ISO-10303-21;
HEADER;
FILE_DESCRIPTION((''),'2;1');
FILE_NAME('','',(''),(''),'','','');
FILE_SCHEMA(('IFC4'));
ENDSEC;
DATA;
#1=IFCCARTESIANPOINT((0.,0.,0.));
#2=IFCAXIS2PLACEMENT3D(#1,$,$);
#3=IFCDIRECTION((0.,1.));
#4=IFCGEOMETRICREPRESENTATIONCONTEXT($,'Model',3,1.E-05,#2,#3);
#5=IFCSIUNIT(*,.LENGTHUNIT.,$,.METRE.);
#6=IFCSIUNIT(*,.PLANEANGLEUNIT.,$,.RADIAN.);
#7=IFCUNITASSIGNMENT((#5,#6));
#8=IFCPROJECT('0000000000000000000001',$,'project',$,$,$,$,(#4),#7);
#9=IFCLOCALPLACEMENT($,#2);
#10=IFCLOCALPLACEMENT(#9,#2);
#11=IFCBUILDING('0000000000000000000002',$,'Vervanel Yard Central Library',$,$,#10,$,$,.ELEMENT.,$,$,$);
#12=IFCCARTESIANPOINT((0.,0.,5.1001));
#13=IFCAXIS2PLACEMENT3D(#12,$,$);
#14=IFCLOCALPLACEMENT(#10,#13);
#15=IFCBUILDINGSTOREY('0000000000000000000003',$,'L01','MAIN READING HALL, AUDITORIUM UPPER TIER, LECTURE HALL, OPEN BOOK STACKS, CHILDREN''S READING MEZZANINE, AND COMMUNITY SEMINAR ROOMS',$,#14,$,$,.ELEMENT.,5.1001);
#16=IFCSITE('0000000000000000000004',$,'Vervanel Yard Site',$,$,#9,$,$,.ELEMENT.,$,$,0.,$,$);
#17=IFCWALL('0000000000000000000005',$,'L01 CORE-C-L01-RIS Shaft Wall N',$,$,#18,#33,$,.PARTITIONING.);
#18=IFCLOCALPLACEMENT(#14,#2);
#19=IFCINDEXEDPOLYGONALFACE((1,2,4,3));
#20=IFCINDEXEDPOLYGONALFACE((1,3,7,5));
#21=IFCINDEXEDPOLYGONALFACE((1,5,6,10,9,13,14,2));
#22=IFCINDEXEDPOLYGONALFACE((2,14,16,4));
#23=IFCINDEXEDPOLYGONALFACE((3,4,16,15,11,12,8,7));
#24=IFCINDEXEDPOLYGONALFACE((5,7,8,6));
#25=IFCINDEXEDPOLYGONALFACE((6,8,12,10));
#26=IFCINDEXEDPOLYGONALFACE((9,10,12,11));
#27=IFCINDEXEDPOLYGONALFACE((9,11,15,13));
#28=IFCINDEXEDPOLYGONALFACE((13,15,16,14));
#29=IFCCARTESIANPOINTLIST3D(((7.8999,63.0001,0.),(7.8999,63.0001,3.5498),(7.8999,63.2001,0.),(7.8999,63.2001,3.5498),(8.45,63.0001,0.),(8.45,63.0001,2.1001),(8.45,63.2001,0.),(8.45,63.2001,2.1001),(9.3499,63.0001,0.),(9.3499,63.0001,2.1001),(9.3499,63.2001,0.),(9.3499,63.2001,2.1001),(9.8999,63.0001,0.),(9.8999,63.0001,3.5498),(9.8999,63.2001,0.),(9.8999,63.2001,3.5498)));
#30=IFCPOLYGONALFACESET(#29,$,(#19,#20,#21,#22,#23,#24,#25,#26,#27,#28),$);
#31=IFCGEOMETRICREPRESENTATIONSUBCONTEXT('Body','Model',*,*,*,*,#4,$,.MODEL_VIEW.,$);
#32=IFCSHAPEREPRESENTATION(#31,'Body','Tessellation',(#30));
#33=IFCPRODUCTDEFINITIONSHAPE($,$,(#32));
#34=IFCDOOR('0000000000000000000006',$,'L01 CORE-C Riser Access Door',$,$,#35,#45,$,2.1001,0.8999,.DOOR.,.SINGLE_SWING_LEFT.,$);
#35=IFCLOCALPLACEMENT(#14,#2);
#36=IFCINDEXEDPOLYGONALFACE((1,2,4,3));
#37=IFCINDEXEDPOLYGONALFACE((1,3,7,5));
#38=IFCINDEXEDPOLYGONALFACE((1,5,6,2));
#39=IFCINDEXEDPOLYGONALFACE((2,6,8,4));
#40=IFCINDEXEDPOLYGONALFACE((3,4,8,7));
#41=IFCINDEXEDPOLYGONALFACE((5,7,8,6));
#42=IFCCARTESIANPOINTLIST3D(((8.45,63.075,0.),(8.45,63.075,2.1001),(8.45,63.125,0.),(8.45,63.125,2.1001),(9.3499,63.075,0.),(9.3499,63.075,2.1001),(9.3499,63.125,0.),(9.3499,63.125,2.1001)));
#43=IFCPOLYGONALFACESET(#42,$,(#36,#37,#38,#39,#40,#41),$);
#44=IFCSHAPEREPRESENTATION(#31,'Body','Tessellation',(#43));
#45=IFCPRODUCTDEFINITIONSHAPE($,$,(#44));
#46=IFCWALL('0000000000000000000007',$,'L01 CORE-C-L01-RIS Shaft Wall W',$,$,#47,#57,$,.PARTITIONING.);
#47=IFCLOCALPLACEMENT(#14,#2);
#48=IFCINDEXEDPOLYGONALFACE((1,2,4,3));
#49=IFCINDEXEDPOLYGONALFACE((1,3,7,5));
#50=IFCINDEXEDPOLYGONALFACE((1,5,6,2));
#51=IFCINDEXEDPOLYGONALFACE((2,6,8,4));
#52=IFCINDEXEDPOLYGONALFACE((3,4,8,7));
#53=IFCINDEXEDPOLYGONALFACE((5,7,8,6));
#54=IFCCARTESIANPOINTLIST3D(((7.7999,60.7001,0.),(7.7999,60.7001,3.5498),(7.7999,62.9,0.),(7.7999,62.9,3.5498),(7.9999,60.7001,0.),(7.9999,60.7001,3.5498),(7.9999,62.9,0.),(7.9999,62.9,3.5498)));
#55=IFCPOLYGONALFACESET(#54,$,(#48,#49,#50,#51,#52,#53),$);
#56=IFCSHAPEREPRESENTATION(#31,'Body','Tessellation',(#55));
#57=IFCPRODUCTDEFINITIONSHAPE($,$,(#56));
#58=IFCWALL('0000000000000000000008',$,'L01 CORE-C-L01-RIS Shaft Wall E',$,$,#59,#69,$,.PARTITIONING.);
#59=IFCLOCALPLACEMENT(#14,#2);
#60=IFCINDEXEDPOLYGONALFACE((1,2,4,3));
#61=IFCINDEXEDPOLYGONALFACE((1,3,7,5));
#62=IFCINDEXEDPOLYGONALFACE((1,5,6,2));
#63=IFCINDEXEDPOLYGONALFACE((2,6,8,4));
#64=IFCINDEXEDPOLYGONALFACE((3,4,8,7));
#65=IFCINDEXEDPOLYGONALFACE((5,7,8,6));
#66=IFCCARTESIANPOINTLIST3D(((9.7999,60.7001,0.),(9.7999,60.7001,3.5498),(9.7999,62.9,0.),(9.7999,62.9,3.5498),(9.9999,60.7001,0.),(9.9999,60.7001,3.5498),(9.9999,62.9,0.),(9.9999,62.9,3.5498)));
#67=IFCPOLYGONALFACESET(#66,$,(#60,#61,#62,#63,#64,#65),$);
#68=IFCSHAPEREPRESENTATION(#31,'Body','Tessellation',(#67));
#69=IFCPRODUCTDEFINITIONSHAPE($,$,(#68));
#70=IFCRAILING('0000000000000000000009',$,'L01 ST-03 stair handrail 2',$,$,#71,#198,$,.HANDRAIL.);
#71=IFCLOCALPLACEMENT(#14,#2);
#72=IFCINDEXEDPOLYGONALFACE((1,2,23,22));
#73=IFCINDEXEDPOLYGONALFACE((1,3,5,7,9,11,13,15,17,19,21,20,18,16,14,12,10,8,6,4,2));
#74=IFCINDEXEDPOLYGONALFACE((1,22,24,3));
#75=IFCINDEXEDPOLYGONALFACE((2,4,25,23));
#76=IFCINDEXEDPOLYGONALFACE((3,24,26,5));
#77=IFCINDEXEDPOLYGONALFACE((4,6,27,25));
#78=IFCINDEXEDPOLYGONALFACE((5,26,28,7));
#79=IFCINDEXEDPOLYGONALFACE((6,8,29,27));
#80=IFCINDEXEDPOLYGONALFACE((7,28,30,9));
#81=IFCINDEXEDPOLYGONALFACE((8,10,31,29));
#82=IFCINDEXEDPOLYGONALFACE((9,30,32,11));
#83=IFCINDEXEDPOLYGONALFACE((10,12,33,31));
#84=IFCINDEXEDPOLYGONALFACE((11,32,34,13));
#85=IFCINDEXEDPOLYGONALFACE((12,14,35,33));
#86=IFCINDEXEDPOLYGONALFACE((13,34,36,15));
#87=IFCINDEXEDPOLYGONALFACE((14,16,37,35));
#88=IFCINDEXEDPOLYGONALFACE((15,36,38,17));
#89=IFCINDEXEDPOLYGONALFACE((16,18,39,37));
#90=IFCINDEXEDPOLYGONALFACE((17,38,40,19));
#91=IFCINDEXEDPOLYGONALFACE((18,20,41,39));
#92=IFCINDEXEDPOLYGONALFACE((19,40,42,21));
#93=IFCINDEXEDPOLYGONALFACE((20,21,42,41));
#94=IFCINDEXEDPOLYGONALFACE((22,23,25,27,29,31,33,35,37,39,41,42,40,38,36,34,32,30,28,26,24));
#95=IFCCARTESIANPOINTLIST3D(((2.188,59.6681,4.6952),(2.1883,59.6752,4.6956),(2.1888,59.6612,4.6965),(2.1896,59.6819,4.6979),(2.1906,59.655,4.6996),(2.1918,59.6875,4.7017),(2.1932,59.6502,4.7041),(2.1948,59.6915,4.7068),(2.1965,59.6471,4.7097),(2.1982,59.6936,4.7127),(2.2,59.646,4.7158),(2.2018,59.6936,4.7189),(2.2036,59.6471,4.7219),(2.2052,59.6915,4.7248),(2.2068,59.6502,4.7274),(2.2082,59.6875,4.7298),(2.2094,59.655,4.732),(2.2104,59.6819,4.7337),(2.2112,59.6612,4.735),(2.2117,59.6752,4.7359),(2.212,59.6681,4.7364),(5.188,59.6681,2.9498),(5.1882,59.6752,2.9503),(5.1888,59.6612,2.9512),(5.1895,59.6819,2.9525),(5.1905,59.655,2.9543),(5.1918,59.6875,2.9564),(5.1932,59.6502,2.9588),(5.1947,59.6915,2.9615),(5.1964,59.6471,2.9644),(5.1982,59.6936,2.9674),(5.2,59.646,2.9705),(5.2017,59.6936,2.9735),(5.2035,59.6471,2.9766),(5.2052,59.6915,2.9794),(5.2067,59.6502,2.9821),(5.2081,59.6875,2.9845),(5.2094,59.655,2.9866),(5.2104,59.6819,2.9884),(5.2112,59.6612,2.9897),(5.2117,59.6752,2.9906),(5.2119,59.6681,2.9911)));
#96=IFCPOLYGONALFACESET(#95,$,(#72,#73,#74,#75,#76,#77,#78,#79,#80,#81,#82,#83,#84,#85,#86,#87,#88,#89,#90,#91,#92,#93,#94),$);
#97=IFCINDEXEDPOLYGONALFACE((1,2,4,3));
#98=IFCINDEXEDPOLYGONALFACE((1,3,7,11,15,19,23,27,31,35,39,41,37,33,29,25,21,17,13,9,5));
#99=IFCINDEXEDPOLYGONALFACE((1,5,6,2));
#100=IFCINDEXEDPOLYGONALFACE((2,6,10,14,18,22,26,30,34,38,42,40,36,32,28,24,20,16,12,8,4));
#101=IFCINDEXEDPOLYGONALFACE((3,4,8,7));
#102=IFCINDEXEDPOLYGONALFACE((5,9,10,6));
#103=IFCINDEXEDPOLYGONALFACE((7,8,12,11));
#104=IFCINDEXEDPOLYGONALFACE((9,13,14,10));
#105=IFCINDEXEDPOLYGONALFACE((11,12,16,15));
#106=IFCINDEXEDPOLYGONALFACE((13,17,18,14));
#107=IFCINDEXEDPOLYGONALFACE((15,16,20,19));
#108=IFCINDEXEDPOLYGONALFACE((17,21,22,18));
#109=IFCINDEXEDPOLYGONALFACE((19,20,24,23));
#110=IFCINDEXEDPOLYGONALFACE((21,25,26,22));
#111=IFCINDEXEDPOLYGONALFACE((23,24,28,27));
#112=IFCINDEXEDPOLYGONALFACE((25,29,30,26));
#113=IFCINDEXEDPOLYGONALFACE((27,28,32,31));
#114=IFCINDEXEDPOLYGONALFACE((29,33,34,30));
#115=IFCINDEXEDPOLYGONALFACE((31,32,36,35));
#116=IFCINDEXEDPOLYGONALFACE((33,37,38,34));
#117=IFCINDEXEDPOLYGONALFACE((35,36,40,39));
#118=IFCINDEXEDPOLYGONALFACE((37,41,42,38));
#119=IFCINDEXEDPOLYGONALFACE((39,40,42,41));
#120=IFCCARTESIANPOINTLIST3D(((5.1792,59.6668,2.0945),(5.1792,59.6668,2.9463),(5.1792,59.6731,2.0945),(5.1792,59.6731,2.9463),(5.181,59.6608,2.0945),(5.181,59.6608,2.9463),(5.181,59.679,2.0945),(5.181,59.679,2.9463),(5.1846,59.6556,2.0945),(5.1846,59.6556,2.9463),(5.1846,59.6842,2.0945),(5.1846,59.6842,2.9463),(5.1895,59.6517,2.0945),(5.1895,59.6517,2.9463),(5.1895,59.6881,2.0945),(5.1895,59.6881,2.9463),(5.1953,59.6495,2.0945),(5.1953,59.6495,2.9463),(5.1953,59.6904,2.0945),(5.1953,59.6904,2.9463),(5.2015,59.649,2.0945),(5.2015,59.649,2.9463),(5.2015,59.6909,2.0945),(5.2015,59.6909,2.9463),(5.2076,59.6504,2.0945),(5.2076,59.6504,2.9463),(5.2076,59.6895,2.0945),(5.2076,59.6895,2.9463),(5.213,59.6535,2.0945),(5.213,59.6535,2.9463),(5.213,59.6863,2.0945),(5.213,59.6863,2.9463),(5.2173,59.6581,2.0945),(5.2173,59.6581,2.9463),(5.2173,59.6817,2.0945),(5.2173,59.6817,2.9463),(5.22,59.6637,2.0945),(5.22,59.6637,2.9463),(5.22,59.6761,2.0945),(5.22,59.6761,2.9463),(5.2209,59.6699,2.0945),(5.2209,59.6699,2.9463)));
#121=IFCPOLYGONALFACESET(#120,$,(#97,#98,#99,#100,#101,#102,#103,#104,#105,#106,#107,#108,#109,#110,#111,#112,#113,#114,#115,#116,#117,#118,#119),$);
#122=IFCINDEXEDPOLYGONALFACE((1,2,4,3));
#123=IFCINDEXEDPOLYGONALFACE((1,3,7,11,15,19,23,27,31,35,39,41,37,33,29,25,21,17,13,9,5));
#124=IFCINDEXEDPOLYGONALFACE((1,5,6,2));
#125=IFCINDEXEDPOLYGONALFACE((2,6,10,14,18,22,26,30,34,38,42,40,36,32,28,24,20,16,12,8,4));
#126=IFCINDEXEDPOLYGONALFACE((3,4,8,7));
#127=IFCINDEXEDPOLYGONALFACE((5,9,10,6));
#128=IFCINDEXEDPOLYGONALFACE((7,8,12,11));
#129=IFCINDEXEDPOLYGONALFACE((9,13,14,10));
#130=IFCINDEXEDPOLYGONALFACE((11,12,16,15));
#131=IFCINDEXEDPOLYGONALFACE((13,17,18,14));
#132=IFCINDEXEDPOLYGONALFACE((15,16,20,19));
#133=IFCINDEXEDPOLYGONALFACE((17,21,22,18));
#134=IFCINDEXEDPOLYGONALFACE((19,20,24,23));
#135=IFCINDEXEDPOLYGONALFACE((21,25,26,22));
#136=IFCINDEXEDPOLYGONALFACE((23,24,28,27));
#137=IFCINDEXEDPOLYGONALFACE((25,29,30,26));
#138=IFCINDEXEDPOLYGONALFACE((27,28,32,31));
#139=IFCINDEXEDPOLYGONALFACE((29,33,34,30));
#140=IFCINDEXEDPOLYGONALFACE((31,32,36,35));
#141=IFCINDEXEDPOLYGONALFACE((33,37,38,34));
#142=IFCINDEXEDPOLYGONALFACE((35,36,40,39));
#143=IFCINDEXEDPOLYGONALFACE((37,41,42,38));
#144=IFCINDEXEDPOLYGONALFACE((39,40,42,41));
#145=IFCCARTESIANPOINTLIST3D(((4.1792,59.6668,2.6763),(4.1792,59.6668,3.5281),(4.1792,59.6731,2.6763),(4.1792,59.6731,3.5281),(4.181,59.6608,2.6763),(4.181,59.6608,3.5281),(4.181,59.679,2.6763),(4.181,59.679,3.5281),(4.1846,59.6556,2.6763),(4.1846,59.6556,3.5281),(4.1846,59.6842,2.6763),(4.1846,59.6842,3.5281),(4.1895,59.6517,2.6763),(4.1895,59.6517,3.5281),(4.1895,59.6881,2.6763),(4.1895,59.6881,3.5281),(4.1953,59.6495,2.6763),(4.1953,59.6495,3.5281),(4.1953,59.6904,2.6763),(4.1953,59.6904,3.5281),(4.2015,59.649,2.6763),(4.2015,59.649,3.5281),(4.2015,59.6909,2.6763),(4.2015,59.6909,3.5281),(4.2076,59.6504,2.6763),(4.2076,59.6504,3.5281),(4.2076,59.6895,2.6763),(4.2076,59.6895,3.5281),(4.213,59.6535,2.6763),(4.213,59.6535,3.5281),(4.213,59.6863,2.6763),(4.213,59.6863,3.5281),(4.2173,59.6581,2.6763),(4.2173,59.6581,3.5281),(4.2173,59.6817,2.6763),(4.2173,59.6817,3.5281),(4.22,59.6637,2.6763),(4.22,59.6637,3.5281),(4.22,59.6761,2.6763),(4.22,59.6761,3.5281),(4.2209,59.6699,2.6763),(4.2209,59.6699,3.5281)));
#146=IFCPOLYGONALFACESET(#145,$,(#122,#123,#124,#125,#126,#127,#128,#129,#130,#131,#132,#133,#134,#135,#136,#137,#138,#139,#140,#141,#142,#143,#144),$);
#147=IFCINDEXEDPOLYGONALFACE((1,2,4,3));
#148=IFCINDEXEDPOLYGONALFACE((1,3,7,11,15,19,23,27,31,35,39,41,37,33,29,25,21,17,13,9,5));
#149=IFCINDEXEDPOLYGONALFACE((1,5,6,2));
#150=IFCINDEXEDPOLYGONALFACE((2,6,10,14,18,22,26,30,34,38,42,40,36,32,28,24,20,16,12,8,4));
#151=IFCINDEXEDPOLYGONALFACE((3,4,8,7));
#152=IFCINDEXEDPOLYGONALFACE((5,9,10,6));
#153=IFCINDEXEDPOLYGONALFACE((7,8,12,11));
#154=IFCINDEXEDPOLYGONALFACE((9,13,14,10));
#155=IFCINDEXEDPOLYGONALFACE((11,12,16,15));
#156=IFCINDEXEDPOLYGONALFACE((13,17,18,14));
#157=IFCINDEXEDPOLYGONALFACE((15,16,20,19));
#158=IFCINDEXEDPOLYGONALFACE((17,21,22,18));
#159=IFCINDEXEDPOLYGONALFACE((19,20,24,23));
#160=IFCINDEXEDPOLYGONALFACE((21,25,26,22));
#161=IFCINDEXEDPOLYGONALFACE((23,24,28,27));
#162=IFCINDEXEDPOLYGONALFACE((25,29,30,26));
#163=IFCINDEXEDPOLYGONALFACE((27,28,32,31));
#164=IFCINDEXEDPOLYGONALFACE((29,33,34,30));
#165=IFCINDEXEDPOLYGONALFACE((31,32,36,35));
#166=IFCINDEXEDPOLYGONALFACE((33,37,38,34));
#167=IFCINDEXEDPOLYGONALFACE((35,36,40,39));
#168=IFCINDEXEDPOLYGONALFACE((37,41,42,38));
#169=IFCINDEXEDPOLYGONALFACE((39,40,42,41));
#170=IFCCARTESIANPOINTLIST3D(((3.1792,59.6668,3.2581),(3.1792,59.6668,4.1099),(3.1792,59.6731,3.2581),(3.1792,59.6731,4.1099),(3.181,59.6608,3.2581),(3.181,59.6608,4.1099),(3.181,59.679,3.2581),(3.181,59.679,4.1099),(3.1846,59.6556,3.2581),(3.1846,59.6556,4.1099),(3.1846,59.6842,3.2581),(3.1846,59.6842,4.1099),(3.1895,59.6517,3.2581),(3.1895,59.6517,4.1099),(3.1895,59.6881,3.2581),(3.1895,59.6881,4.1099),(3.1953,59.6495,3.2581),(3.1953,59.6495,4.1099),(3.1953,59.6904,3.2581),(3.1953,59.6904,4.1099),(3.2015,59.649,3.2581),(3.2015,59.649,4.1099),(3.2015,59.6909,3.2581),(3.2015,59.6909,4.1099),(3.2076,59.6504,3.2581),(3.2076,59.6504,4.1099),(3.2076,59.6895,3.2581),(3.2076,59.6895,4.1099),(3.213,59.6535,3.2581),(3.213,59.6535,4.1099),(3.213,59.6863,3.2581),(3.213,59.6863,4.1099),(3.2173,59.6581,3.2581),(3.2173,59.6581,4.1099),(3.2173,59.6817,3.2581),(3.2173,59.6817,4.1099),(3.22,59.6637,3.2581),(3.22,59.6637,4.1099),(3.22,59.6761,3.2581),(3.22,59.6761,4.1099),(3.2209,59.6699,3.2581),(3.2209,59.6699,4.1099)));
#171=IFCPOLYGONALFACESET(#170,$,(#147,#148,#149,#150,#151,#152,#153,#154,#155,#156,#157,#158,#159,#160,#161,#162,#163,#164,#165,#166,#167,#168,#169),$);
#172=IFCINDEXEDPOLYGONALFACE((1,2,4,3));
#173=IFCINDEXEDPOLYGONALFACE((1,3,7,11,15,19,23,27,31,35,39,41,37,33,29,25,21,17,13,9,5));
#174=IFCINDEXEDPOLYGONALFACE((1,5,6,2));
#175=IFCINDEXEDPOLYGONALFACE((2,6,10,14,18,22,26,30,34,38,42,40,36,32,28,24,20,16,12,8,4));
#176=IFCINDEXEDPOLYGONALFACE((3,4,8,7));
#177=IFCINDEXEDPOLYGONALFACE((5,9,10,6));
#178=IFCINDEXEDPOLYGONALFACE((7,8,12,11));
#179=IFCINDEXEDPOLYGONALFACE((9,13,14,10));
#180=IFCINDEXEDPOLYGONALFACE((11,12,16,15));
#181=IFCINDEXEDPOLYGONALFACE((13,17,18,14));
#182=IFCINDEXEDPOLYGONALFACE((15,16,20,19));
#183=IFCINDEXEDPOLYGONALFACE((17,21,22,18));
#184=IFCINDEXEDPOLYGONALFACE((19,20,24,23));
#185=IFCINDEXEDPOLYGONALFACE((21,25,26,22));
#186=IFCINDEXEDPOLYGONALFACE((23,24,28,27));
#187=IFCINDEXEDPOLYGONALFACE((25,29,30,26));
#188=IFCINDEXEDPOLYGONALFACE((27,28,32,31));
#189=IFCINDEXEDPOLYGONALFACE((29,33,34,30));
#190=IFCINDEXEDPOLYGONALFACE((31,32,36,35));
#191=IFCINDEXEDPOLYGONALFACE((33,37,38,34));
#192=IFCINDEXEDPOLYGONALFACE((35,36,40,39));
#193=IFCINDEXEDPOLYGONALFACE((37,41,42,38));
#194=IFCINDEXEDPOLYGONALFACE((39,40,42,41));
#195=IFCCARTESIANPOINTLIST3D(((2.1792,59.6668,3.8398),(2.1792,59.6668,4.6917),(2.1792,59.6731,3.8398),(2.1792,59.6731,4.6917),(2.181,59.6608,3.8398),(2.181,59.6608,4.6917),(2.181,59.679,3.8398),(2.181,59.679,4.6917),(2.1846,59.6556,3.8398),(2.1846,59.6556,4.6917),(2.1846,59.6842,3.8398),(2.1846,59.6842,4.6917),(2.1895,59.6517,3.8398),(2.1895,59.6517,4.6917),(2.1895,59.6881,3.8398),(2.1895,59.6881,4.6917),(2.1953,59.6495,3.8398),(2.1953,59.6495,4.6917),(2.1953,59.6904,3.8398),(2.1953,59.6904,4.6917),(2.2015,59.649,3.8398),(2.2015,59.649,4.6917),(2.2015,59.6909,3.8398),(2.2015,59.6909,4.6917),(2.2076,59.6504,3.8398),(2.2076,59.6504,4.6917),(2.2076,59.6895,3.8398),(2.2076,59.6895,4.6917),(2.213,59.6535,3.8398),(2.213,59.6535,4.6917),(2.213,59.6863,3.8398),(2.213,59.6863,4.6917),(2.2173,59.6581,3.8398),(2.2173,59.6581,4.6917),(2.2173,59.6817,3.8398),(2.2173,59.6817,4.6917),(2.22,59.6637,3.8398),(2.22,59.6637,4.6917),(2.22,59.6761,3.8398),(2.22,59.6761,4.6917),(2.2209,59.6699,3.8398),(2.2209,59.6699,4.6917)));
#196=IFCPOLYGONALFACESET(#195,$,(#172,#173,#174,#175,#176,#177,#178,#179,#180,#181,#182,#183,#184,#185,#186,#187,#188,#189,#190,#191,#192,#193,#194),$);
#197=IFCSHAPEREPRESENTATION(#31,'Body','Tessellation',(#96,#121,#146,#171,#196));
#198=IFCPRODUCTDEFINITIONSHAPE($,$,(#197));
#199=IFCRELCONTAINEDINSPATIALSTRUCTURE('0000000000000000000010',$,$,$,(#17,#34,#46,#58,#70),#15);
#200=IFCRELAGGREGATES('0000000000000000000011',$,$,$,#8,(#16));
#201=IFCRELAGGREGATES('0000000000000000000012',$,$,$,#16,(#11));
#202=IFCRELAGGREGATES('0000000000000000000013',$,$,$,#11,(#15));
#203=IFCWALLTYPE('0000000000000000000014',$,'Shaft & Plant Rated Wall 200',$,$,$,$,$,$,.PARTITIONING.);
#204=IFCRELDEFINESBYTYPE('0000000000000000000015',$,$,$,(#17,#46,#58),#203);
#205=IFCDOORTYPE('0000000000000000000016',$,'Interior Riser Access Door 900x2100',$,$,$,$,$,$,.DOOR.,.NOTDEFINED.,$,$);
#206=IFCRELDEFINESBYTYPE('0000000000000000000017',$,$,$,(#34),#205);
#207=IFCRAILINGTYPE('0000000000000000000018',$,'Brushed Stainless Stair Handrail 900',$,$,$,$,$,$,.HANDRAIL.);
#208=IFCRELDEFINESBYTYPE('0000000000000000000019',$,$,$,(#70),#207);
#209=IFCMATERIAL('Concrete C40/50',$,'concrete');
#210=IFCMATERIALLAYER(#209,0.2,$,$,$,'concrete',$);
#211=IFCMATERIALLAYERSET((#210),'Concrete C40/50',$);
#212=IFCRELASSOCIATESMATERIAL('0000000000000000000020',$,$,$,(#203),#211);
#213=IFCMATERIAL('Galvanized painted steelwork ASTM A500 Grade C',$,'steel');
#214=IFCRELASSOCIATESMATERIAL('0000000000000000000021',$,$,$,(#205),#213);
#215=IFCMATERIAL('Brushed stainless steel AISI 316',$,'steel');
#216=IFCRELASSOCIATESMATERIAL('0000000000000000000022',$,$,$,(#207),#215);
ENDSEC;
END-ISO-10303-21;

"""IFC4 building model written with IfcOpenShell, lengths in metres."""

from ifc_helpers import new_model, si_unit, direction, frame, frame_2d, origin, origin_2d, place, context, subcontext, project, spatial, rectangle, circle, extrude, material, layer, layer_set, type_object, element, fill, save


model = new_model("IFC4")

# Units and contexts
model_context = context("Model", 3, precision=1e-05, world=origin(), true_north=direction((0.0, 1.0)))
body_context = subcontext(model_context, "Body", "Model", "MODEL_VIEW")
ifc_project = project(units=[si_unit("LENGTHUNIT", "METRE"), si_unit("PLANEANGLEUNIT", "RADIAN")], contexts=[model_context])

# Site, building, storey
site_placement = place(None, origin())
site = spatial("IfcSite", under=ifc_project, at=site_placement, Name="Vervanel Yard Site", CompositionType="ELEMENT", RefElevation=0.0)
building_placement = place(site_placement, origin())
building = spatial("IfcBuilding", under=site, at=building_placement, Name="Vervanel Yard Central Library", CompositionType="ELEMENT")
storey_placement = place(building_placement, frame((0.0, 0.0, 5.1001)))
storey = spatial("IfcBuildingStorey", under=building, at=storey_placement, Name="L01", Description="MAIN READING HALL, AUDITORIUM UPPER TIER, LECTURE HALL, OPEN BOOK STACKS, CHILDREN'S READING MEZZANINE, AND COMMUNITY SEMINAR ROOMS", CompositionType="ELEMENT", Elevation=5.1001)

# Shared definitions
ifc_material_1 = material(Name="Concrete C40/50", Category="concrete")

# Shared definitions
ifc_material_2 = material(Name="Galvanized painted steelwork ASTM A500 Grade C", Category="steel")

# Shared definitions
ifc_layer_1 = layer(ifc_material_1, 0.2, Category="concrete")
ifc_layer_set_1 = layer_set([ifc_layer_1], Name="Concrete C40/50")
wall_type_1 = type_object("IfcWallType", Name="Shaft & Plant Rated Wall 200", PredefinedType="PARTITIONING", material=ifc_layer_set_1)

# Shared definitions
ifc_material_3 = material(Name="Brushed stainless steel AISI 316", Category="steel")

# Wall, opening, door
wall_1_placement = place(storey_placement, frame((7.8999, 63.1001, 0.0), z_axis=(0.0, 0.0, 1.0), x_axis=(1.0, 0.0, 0.0)))
wall_1 = element("IfcWall", 1, at=wall_1_placement, inside=storey, type_object=wall_type_1, Name="L01 CORE-C-L01-RIS Shaft Wall N", PredefinedType="PARTITIONING", context=body_context, shape_type="SweptSolid", body=[
    extrude(rectangle(XDim=2.0, YDim=0.2, at=frame_2d((1.0, 0.0))), origin(), (0.0, 0.0, 1.0), 3.5498),
])
opening_1_placement = place(wall_1_placement, frame((0.55, 0.0, 0.0)))
opening_1 = element("IfcOpeningElement", 2, at=opening_1_placement, cuts=wall_1, PredefinedType="OPENING", context=body_context, shape_type="SweptSolid", body=[
    extrude(rectangle(XDim=0.8999, YDim=2.1001, at=frame_2d((0.45, 1.05))), frame((0.0, 0.1099, 0.0), z_axis=(0.0, -1.0, 0.0), x_axis=(1.0, 0.0, 0.0)), (0.0, 0.0, 1.0), 0.22),
])
door_type_1 = type_object("IfcDoorType", Name="Interior Riser Access Door 900x2100", OperationType="NOTDEFINED", PredefinedType="DOOR", material=ifc_material_2)
door_1_placement = place(opening_1_placement, origin())
door_1 = element("IfcDoor", 3, at=door_1_placement, inside=storey, type_object=door_type_1, Name="L01 CORE-C Riser Access Door", OperationType="SINGLE_SWING_LEFT", OverallHeight=2.1001, OverallWidth=0.8999, PredefinedType="DOOR", context=body_context, shape_type="SweptSolid", body=[
    extrude(rectangle(XDim=0.8999, YDim=2.1001, at=frame_2d((0.45, 1.05))), frame((0.0, 0.0249, 0.0), z_axis=(0.0, -1.0, 0.0), x_axis=(1.0, 0.0, 0.0)), (0.0, 0.0, 1.0), 0.05),
])
fill(opening_1, door_1)

# Walls
for number, where, z_axis, x_axis, name in (
    (4, (7.8999, 60.7, 0.0), (0.0, 0.0, 1.0), (0.0, 1.0, 0.0), "L01 CORE-C-L01-RIS Shaft Wall W"),
    (5, (9.8999, 60.7, 0.0), (0.0, 0.0, 1.0), (0.0, 1.0, 0.0), "L01 CORE-C-L01-RIS Shaft Wall E"),
):
    element("IfcWall", number, at=place(storey_placement, frame(where, z_axis=z_axis, x_axis=x_axis)), inside=storey, type_object=wall_type_1, Name=name, PredefinedType="PARTITIONING", context=body_context, shape_type="SweptSolid", body=[
        extrude(rectangle(XDim=2.2, YDim=0.2, at=frame_2d((1.1001, 0.0))), origin(), (0.0, 0.0, 1.0), 3.5498),
    ])

# Railing
railing_type = type_object("IfcRailingType", Name="Brushed Stainless Stair Handrail 900", PredefinedType="HANDRAIL", material=ifc_material_3)
railing_placement = place(storey_placement, frame((5.2, 59.6699, 2.0945)))
element("IfcRailing", 6, at=railing_placement, inside=storey, type_object=railing_type, Name="L01 ST-03 stair handrail 2", PredefinedType="HANDRAIL", context=body_context, shape_type="SweptSolid", body=[
    extrude(circle(Radius=0.0239, at=origin_2d()), frame((0.0, 0.0, 0.876), z_axis=(-0.86436, 0.0, 0.502874), x_axis=(0.0, -1.0, 0.0)), (0.0, 0.0, 1.0), 3.4707),
    extrude(circle(Radius=0.021, at=origin_2d()), origin(), (0.0, 0.0, 1.0), 0.8518),
    extrude(circle(Radius=0.021, at=origin_2d()), frame((-1.0, 0.0, 0.5818)), (0.0, 0.0, 1.0), 0.8518),
    extrude(circle(Radius=0.021, at=origin_2d()), frame((-2.0, 0.0, 1.1636)), (0.0, 0.0, 1.0), 0.8518),
    extrude(circle(Radius=0.021, at=origin_2d()), frame((-3.0, 0.0, 1.7454)), (0.0, 0.0, 1.0), 0.8518),
])

save(model, "model.ifc")
